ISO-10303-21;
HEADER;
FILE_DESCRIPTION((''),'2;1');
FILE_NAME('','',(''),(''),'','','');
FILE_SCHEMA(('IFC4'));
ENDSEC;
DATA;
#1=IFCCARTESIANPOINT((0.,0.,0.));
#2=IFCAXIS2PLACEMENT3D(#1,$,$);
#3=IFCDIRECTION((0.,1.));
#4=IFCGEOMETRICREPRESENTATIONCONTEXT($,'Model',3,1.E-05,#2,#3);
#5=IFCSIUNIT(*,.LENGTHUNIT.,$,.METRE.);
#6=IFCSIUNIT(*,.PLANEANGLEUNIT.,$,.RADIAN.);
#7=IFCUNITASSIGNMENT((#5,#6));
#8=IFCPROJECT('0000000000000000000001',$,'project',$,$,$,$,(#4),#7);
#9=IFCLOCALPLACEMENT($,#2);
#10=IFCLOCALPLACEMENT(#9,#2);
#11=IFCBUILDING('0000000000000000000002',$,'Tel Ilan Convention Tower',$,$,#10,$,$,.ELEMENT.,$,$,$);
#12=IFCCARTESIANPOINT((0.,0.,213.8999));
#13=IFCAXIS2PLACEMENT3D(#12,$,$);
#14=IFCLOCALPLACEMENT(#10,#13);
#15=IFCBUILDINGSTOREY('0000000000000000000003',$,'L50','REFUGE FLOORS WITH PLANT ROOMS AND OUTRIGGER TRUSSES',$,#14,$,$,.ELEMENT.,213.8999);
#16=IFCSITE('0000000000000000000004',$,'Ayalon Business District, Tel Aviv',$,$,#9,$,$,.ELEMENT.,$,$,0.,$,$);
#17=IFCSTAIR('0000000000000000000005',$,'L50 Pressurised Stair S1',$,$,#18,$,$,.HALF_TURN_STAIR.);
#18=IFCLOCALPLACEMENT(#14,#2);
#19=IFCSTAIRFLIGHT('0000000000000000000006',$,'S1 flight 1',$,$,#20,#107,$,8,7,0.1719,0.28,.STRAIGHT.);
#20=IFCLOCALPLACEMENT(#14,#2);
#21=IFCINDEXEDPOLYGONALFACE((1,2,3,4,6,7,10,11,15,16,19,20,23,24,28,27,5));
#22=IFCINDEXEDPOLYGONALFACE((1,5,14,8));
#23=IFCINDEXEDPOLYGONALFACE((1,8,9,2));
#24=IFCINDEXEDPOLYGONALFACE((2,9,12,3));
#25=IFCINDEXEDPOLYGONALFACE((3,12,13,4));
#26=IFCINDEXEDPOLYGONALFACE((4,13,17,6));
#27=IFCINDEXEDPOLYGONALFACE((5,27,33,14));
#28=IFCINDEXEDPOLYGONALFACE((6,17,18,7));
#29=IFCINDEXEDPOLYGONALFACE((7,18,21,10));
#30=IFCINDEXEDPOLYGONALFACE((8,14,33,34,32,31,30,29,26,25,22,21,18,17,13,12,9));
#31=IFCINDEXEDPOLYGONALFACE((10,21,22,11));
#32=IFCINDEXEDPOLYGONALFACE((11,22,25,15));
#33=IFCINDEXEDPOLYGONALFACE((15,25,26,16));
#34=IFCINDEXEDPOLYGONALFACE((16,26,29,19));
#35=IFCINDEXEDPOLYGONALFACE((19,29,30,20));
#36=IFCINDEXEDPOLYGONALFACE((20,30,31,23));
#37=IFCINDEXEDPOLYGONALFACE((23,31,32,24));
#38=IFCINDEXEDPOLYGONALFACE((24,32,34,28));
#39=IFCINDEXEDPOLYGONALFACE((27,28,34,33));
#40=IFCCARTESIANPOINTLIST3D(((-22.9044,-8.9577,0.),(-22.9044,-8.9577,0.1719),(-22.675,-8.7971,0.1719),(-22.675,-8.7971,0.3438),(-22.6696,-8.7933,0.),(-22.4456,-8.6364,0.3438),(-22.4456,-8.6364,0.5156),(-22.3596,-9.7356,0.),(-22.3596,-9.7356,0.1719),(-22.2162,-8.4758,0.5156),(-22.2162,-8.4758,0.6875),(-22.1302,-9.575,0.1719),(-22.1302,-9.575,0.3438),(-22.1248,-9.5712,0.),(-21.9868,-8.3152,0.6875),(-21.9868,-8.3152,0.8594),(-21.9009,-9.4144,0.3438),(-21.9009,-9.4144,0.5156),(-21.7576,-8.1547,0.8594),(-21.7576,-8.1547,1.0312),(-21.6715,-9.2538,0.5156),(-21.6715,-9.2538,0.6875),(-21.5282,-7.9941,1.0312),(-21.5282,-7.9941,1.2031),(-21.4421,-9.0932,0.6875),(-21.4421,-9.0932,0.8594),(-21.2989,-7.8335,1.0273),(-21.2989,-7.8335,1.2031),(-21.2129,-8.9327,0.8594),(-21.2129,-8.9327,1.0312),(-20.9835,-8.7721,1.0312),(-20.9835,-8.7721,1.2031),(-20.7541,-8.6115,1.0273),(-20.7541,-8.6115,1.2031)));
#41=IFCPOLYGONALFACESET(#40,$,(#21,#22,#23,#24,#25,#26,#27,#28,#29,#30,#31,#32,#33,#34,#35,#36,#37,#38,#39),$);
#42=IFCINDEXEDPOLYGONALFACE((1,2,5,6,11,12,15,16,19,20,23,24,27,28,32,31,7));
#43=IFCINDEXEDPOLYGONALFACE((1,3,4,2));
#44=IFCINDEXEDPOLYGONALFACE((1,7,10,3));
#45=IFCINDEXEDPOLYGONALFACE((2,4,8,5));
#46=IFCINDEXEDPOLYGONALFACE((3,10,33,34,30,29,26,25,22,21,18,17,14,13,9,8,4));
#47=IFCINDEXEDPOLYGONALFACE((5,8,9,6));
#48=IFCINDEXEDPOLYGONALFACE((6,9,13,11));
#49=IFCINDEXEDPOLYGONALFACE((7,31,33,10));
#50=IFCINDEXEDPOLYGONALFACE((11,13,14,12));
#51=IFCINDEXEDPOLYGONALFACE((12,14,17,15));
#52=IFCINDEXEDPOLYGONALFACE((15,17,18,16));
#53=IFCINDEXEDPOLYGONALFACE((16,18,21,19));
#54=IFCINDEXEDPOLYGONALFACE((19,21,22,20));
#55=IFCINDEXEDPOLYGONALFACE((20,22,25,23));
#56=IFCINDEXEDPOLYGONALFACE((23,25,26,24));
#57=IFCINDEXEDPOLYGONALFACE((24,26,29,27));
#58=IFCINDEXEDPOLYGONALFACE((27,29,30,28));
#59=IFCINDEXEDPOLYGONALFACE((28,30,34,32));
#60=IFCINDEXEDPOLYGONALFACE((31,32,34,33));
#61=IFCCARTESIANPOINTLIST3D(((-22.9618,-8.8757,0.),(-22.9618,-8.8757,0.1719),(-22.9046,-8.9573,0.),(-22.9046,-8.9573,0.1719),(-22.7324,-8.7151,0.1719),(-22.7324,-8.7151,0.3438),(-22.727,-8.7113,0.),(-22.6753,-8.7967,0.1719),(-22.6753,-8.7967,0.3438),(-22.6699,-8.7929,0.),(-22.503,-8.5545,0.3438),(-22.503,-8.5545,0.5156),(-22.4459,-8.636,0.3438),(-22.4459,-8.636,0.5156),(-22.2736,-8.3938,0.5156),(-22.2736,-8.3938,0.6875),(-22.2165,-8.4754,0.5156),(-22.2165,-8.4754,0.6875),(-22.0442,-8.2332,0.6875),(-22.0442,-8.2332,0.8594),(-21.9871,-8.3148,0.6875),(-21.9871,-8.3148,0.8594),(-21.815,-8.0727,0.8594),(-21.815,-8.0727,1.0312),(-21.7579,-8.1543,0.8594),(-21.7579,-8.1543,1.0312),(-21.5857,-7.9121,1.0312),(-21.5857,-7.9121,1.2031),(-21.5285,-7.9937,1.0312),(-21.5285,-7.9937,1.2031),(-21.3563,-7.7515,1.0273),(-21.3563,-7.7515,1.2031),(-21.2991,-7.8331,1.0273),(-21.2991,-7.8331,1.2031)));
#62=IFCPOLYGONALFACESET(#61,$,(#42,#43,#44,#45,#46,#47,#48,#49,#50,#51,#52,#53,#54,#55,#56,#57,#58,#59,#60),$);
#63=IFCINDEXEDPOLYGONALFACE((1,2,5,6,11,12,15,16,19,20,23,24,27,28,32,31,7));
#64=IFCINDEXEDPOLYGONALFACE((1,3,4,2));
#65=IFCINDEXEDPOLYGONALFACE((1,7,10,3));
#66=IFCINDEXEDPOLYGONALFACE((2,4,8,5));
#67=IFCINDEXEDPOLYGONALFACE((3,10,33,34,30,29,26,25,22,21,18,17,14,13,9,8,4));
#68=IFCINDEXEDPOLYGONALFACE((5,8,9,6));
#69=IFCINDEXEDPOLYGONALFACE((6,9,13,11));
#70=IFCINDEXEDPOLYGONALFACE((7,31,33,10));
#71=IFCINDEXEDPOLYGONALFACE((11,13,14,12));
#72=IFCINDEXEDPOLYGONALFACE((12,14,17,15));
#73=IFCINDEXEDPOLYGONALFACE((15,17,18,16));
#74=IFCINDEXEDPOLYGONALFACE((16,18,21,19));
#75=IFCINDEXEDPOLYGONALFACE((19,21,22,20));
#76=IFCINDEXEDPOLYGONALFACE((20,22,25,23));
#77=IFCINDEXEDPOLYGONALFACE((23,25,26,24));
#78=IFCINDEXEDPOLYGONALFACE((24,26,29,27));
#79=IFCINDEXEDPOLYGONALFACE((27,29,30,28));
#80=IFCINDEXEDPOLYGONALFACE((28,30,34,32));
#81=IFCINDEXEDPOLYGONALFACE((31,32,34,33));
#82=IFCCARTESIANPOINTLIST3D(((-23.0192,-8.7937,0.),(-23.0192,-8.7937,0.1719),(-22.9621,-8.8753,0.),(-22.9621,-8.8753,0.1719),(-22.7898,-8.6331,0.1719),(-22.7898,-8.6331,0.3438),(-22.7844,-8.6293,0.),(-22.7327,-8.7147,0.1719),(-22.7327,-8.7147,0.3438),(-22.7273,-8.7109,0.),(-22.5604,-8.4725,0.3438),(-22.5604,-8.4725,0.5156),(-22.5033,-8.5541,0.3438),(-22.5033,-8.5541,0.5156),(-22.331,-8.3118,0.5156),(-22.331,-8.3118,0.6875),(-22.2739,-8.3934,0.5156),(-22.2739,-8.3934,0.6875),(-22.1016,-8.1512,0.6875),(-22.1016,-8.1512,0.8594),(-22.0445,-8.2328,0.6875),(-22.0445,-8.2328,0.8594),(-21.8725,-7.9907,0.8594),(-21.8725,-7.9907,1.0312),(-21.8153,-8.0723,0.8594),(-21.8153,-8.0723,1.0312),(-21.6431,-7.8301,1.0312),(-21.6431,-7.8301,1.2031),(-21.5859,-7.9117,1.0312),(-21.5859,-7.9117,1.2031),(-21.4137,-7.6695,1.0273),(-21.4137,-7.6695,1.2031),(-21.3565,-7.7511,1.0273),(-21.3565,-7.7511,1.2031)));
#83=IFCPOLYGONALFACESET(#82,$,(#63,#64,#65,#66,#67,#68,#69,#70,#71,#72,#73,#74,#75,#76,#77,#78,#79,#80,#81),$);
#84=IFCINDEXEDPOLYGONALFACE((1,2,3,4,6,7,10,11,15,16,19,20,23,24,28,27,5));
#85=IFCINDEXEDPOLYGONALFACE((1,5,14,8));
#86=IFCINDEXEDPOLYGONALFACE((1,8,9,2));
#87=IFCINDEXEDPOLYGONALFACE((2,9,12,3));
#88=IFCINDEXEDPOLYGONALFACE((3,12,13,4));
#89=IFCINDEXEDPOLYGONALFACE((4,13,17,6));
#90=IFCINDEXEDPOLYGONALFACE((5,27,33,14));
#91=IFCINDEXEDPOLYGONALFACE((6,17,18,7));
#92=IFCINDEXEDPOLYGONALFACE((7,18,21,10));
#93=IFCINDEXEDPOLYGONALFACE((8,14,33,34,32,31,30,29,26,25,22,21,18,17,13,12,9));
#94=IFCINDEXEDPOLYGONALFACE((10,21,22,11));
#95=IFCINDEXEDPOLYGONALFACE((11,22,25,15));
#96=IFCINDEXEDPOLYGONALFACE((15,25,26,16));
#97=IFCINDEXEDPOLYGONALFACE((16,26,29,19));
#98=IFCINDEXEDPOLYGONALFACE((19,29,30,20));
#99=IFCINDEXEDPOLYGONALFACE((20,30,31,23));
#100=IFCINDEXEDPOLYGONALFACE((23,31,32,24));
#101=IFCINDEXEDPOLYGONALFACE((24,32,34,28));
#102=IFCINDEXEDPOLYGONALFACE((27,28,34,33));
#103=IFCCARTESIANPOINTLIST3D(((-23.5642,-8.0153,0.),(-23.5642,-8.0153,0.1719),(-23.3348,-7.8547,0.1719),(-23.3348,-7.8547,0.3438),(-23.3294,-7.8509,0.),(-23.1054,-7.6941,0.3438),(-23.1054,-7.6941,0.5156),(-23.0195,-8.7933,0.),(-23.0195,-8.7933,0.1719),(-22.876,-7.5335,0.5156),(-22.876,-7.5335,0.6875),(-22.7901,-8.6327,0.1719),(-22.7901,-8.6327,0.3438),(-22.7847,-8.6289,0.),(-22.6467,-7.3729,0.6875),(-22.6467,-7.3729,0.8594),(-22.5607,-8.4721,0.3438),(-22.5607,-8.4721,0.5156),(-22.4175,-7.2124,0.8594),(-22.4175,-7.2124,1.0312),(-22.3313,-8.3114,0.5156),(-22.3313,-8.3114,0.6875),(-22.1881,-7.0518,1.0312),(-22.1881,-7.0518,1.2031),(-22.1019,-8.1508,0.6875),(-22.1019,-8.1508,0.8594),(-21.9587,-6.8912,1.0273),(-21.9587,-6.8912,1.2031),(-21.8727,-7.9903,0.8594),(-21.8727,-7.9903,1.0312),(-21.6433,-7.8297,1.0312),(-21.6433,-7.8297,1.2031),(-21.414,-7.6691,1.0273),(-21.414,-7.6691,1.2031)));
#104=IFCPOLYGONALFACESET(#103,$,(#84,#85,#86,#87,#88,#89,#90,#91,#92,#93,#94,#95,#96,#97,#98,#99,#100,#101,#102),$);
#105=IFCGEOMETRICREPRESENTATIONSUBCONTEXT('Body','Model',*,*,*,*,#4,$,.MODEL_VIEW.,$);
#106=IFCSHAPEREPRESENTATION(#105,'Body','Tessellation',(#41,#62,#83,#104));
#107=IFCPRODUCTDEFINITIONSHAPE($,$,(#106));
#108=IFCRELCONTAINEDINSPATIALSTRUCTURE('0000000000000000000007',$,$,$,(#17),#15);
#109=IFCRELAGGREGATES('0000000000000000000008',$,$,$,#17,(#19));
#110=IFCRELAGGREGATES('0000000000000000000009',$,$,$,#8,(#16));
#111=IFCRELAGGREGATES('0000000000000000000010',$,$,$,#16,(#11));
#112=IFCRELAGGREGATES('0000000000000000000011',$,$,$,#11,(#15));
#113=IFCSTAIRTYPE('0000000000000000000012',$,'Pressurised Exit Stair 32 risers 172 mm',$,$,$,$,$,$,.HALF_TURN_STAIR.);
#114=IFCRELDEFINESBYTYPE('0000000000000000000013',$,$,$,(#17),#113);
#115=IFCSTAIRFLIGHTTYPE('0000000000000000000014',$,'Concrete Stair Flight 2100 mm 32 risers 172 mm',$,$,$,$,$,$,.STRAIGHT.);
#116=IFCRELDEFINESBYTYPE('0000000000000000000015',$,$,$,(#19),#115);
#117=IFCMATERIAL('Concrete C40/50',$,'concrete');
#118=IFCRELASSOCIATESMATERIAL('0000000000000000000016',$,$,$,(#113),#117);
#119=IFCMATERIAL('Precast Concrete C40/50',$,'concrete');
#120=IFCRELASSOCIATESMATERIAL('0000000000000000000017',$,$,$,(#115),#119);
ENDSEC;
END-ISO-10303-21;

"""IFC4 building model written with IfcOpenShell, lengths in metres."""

from ifc_helpers import new_model, si_unit, direction, frame, origin, place, context, subcontext, project, spatial, polyline, outline, extrude, material, type_object, element, aggregate, save


model = new_model("IFC4")

# Units and contexts
model_context = context("Model", 3, precision=1e-05, world=origin(), true_north=direction((0.0, 1.0)))
body_context = subcontext(model_context, "Body", "Model", "MODEL_VIEW")
ifc_project = project(units=[si_unit("LENGTHUNIT", "METRE"), si_unit("PLANEANGLEUNIT", "RADIAN")], contexts=[model_context])

# Site, building, storey
site_placement = place(None, origin())
site = spatial("IfcSite", under=ifc_project, at=site_placement, Name="Ayalon Business District, Tel Aviv", CompositionType="ELEMENT", RefElevation=0.0)
building_placement = place(site_placement, origin())
building = spatial("IfcBuilding", under=site, at=building_placement, Name="Tel Ilan Convention Tower", CompositionType="ELEMENT")
storey_placement = place(building_placement, frame((0.0, 0.0, 213.8999)))
storey = spatial("IfcBuildingStorey", under=building, at=storey_placement, Name="L50", Description="REFUGE FLOORS WITH PLANT ROOMS AND OUTRIGGER TRUSSES", CompositionType="ELEMENT", Elevation=213.8999)

# Stair, stair flight
ifc_material_1 = material(Name="Concrete C40/50", Category="concrete")
stair_type = type_object("IfcStairType", Name="Pressurised Exit Stair 32 risers 172 mm", PredefinedType="HALF_TURN_STAIR", material=ifc_material_1)
stair_placement = place(storey_placement, origin())
stair = element("IfcStair", 1, at=stair_placement, inside=storey, type_object=stair_type, Name="L50 Pressurised Stair S1", PredefinedType="HALF_TURN_STAIR")
ifc_material_2 = material(Name="Precast Concrete C40/50", Category="concrete")
stair_flight_type = type_object("IfcStairFlightType", Name="Concrete Stair Flight 2100 mm 32 risers 172 mm", PredefinedType="STRAIGHT", material=ifc_material_2)
stair_flight_1_placement = place(storey_placement, frame((-22.9619, -8.8755, 0.0), z_axis=(0.0, 0.0, 1.0), x_axis=(0.819152, 0.573576, 0.0)))
stair_flight_1 = element("IfcStairFlight", 2, at=stair_flight_1_placement, type_object=stair_flight_type, Name="S1 flight 1", NumberOfRisers=8, NumberOfTreads=7, PredefinedType="STRAIGHT", RiserHeight=0.1719, TreadLength=0.28, context=body_context, shape_type="SweptSolid", body=[
    extrude(outline(polyline([(0.0, 0.0), (0.0, 0.1719), (0.28, 0.1719), (0.28, 0.3438), (0.5601, 0.3438), (0.5601, 0.5156), (0.8401, 0.5156), (0.8401, 0.6875), (1.1201, 0.6875), (1.1201, 0.8594), (1.3999, 0.8594), (1.3999, 1.0312), (1.6799, 1.0312), (1.6799, 1.2031), (1.96, 1.2031), (1.96, 1.375), (1.96, 1.0273), (0.2866, 0.0), (0.0, 0.0)])), frame((0.0, -0.1003, 0.0), z_axis=(0.0, -1.0, 0.0), x_axis=(1.0, 0.0, 0.0)), (0.0, 0.0, 1.0), 0.9497),
    extrude(outline(polyline([(0.0, 0.0), (0.0, 0.1719), (0.28, 0.1719), (0.28, 0.3438), (0.5601, 0.3438), (0.5601, 0.5156), (0.8401, 0.5156), (0.8401, 0.6875), (1.1201, 0.6875), (1.1201, 0.8594), (1.3999, 0.8594), (1.3999, 1.0312), (1.6799, 1.0312), (1.6799, 1.2031), (1.96, 1.2031), (1.96, 1.375), (1.96, 1.0273), (0.2866, 0.0), (0.0, 0.0)])), frame((0.0, -0.0002, 0.0), z_axis=(0.0, -1.0, 0.0), x_axis=(1.0, 0.0, 0.0)), (0.0, 0.0, 1.0), 0.0996),
    extrude(outline(polyline([(0.0, 0.0), (0.0, 0.1719), (0.28, 0.1719), (0.28, 0.3438), (0.5601, 0.3438), (0.5601, 0.5156), (0.8401, 0.5156), (0.8401, 0.6875), (1.1201, 0.6875), (1.1201, 0.8594), (1.3999, 0.8594), (1.3999, 1.0312), (1.6799, 1.0312), (1.6799, 1.2031), (1.96, 1.2031), (1.96, 1.375), (1.96, 1.0273), (0.2866, 0.0), (0.0, 0.0)])), frame((0.0, 0.0999, 0.0), z_axis=(0.0, -1.0, 0.0), x_axis=(1.0, 0.0, 0.0)), (0.0, 0.0, 1.0), 0.0996),
    extrude(outline(polyline([(0.0, 0.0), (0.0, 0.1719), (0.28, 0.1719), (0.28, 0.3438), (0.5601, 0.3438), (0.5601, 0.5156), (0.8401, 0.5156), (0.8401, 0.6875), (1.1201, 0.6875), (1.1201, 0.8594), (1.3999, 0.8594), (1.3999, 1.0312), (1.6799, 1.0312), (1.6799, 1.2031), (1.96, 1.2031), (1.96, 1.375), (1.96, 1.0273), (0.2866, 0.0), (0.0, 0.0)])), frame((0.0, 1.05, 0.0), z_axis=(0.0, -1.0, 0.0), x_axis=(1.0, 0.0, 0.0)), (0.0, 0.0, 1.0), 0.9497),
])
aggregate(stair, [stair_flight_1])

save(model, "model.ifc")
